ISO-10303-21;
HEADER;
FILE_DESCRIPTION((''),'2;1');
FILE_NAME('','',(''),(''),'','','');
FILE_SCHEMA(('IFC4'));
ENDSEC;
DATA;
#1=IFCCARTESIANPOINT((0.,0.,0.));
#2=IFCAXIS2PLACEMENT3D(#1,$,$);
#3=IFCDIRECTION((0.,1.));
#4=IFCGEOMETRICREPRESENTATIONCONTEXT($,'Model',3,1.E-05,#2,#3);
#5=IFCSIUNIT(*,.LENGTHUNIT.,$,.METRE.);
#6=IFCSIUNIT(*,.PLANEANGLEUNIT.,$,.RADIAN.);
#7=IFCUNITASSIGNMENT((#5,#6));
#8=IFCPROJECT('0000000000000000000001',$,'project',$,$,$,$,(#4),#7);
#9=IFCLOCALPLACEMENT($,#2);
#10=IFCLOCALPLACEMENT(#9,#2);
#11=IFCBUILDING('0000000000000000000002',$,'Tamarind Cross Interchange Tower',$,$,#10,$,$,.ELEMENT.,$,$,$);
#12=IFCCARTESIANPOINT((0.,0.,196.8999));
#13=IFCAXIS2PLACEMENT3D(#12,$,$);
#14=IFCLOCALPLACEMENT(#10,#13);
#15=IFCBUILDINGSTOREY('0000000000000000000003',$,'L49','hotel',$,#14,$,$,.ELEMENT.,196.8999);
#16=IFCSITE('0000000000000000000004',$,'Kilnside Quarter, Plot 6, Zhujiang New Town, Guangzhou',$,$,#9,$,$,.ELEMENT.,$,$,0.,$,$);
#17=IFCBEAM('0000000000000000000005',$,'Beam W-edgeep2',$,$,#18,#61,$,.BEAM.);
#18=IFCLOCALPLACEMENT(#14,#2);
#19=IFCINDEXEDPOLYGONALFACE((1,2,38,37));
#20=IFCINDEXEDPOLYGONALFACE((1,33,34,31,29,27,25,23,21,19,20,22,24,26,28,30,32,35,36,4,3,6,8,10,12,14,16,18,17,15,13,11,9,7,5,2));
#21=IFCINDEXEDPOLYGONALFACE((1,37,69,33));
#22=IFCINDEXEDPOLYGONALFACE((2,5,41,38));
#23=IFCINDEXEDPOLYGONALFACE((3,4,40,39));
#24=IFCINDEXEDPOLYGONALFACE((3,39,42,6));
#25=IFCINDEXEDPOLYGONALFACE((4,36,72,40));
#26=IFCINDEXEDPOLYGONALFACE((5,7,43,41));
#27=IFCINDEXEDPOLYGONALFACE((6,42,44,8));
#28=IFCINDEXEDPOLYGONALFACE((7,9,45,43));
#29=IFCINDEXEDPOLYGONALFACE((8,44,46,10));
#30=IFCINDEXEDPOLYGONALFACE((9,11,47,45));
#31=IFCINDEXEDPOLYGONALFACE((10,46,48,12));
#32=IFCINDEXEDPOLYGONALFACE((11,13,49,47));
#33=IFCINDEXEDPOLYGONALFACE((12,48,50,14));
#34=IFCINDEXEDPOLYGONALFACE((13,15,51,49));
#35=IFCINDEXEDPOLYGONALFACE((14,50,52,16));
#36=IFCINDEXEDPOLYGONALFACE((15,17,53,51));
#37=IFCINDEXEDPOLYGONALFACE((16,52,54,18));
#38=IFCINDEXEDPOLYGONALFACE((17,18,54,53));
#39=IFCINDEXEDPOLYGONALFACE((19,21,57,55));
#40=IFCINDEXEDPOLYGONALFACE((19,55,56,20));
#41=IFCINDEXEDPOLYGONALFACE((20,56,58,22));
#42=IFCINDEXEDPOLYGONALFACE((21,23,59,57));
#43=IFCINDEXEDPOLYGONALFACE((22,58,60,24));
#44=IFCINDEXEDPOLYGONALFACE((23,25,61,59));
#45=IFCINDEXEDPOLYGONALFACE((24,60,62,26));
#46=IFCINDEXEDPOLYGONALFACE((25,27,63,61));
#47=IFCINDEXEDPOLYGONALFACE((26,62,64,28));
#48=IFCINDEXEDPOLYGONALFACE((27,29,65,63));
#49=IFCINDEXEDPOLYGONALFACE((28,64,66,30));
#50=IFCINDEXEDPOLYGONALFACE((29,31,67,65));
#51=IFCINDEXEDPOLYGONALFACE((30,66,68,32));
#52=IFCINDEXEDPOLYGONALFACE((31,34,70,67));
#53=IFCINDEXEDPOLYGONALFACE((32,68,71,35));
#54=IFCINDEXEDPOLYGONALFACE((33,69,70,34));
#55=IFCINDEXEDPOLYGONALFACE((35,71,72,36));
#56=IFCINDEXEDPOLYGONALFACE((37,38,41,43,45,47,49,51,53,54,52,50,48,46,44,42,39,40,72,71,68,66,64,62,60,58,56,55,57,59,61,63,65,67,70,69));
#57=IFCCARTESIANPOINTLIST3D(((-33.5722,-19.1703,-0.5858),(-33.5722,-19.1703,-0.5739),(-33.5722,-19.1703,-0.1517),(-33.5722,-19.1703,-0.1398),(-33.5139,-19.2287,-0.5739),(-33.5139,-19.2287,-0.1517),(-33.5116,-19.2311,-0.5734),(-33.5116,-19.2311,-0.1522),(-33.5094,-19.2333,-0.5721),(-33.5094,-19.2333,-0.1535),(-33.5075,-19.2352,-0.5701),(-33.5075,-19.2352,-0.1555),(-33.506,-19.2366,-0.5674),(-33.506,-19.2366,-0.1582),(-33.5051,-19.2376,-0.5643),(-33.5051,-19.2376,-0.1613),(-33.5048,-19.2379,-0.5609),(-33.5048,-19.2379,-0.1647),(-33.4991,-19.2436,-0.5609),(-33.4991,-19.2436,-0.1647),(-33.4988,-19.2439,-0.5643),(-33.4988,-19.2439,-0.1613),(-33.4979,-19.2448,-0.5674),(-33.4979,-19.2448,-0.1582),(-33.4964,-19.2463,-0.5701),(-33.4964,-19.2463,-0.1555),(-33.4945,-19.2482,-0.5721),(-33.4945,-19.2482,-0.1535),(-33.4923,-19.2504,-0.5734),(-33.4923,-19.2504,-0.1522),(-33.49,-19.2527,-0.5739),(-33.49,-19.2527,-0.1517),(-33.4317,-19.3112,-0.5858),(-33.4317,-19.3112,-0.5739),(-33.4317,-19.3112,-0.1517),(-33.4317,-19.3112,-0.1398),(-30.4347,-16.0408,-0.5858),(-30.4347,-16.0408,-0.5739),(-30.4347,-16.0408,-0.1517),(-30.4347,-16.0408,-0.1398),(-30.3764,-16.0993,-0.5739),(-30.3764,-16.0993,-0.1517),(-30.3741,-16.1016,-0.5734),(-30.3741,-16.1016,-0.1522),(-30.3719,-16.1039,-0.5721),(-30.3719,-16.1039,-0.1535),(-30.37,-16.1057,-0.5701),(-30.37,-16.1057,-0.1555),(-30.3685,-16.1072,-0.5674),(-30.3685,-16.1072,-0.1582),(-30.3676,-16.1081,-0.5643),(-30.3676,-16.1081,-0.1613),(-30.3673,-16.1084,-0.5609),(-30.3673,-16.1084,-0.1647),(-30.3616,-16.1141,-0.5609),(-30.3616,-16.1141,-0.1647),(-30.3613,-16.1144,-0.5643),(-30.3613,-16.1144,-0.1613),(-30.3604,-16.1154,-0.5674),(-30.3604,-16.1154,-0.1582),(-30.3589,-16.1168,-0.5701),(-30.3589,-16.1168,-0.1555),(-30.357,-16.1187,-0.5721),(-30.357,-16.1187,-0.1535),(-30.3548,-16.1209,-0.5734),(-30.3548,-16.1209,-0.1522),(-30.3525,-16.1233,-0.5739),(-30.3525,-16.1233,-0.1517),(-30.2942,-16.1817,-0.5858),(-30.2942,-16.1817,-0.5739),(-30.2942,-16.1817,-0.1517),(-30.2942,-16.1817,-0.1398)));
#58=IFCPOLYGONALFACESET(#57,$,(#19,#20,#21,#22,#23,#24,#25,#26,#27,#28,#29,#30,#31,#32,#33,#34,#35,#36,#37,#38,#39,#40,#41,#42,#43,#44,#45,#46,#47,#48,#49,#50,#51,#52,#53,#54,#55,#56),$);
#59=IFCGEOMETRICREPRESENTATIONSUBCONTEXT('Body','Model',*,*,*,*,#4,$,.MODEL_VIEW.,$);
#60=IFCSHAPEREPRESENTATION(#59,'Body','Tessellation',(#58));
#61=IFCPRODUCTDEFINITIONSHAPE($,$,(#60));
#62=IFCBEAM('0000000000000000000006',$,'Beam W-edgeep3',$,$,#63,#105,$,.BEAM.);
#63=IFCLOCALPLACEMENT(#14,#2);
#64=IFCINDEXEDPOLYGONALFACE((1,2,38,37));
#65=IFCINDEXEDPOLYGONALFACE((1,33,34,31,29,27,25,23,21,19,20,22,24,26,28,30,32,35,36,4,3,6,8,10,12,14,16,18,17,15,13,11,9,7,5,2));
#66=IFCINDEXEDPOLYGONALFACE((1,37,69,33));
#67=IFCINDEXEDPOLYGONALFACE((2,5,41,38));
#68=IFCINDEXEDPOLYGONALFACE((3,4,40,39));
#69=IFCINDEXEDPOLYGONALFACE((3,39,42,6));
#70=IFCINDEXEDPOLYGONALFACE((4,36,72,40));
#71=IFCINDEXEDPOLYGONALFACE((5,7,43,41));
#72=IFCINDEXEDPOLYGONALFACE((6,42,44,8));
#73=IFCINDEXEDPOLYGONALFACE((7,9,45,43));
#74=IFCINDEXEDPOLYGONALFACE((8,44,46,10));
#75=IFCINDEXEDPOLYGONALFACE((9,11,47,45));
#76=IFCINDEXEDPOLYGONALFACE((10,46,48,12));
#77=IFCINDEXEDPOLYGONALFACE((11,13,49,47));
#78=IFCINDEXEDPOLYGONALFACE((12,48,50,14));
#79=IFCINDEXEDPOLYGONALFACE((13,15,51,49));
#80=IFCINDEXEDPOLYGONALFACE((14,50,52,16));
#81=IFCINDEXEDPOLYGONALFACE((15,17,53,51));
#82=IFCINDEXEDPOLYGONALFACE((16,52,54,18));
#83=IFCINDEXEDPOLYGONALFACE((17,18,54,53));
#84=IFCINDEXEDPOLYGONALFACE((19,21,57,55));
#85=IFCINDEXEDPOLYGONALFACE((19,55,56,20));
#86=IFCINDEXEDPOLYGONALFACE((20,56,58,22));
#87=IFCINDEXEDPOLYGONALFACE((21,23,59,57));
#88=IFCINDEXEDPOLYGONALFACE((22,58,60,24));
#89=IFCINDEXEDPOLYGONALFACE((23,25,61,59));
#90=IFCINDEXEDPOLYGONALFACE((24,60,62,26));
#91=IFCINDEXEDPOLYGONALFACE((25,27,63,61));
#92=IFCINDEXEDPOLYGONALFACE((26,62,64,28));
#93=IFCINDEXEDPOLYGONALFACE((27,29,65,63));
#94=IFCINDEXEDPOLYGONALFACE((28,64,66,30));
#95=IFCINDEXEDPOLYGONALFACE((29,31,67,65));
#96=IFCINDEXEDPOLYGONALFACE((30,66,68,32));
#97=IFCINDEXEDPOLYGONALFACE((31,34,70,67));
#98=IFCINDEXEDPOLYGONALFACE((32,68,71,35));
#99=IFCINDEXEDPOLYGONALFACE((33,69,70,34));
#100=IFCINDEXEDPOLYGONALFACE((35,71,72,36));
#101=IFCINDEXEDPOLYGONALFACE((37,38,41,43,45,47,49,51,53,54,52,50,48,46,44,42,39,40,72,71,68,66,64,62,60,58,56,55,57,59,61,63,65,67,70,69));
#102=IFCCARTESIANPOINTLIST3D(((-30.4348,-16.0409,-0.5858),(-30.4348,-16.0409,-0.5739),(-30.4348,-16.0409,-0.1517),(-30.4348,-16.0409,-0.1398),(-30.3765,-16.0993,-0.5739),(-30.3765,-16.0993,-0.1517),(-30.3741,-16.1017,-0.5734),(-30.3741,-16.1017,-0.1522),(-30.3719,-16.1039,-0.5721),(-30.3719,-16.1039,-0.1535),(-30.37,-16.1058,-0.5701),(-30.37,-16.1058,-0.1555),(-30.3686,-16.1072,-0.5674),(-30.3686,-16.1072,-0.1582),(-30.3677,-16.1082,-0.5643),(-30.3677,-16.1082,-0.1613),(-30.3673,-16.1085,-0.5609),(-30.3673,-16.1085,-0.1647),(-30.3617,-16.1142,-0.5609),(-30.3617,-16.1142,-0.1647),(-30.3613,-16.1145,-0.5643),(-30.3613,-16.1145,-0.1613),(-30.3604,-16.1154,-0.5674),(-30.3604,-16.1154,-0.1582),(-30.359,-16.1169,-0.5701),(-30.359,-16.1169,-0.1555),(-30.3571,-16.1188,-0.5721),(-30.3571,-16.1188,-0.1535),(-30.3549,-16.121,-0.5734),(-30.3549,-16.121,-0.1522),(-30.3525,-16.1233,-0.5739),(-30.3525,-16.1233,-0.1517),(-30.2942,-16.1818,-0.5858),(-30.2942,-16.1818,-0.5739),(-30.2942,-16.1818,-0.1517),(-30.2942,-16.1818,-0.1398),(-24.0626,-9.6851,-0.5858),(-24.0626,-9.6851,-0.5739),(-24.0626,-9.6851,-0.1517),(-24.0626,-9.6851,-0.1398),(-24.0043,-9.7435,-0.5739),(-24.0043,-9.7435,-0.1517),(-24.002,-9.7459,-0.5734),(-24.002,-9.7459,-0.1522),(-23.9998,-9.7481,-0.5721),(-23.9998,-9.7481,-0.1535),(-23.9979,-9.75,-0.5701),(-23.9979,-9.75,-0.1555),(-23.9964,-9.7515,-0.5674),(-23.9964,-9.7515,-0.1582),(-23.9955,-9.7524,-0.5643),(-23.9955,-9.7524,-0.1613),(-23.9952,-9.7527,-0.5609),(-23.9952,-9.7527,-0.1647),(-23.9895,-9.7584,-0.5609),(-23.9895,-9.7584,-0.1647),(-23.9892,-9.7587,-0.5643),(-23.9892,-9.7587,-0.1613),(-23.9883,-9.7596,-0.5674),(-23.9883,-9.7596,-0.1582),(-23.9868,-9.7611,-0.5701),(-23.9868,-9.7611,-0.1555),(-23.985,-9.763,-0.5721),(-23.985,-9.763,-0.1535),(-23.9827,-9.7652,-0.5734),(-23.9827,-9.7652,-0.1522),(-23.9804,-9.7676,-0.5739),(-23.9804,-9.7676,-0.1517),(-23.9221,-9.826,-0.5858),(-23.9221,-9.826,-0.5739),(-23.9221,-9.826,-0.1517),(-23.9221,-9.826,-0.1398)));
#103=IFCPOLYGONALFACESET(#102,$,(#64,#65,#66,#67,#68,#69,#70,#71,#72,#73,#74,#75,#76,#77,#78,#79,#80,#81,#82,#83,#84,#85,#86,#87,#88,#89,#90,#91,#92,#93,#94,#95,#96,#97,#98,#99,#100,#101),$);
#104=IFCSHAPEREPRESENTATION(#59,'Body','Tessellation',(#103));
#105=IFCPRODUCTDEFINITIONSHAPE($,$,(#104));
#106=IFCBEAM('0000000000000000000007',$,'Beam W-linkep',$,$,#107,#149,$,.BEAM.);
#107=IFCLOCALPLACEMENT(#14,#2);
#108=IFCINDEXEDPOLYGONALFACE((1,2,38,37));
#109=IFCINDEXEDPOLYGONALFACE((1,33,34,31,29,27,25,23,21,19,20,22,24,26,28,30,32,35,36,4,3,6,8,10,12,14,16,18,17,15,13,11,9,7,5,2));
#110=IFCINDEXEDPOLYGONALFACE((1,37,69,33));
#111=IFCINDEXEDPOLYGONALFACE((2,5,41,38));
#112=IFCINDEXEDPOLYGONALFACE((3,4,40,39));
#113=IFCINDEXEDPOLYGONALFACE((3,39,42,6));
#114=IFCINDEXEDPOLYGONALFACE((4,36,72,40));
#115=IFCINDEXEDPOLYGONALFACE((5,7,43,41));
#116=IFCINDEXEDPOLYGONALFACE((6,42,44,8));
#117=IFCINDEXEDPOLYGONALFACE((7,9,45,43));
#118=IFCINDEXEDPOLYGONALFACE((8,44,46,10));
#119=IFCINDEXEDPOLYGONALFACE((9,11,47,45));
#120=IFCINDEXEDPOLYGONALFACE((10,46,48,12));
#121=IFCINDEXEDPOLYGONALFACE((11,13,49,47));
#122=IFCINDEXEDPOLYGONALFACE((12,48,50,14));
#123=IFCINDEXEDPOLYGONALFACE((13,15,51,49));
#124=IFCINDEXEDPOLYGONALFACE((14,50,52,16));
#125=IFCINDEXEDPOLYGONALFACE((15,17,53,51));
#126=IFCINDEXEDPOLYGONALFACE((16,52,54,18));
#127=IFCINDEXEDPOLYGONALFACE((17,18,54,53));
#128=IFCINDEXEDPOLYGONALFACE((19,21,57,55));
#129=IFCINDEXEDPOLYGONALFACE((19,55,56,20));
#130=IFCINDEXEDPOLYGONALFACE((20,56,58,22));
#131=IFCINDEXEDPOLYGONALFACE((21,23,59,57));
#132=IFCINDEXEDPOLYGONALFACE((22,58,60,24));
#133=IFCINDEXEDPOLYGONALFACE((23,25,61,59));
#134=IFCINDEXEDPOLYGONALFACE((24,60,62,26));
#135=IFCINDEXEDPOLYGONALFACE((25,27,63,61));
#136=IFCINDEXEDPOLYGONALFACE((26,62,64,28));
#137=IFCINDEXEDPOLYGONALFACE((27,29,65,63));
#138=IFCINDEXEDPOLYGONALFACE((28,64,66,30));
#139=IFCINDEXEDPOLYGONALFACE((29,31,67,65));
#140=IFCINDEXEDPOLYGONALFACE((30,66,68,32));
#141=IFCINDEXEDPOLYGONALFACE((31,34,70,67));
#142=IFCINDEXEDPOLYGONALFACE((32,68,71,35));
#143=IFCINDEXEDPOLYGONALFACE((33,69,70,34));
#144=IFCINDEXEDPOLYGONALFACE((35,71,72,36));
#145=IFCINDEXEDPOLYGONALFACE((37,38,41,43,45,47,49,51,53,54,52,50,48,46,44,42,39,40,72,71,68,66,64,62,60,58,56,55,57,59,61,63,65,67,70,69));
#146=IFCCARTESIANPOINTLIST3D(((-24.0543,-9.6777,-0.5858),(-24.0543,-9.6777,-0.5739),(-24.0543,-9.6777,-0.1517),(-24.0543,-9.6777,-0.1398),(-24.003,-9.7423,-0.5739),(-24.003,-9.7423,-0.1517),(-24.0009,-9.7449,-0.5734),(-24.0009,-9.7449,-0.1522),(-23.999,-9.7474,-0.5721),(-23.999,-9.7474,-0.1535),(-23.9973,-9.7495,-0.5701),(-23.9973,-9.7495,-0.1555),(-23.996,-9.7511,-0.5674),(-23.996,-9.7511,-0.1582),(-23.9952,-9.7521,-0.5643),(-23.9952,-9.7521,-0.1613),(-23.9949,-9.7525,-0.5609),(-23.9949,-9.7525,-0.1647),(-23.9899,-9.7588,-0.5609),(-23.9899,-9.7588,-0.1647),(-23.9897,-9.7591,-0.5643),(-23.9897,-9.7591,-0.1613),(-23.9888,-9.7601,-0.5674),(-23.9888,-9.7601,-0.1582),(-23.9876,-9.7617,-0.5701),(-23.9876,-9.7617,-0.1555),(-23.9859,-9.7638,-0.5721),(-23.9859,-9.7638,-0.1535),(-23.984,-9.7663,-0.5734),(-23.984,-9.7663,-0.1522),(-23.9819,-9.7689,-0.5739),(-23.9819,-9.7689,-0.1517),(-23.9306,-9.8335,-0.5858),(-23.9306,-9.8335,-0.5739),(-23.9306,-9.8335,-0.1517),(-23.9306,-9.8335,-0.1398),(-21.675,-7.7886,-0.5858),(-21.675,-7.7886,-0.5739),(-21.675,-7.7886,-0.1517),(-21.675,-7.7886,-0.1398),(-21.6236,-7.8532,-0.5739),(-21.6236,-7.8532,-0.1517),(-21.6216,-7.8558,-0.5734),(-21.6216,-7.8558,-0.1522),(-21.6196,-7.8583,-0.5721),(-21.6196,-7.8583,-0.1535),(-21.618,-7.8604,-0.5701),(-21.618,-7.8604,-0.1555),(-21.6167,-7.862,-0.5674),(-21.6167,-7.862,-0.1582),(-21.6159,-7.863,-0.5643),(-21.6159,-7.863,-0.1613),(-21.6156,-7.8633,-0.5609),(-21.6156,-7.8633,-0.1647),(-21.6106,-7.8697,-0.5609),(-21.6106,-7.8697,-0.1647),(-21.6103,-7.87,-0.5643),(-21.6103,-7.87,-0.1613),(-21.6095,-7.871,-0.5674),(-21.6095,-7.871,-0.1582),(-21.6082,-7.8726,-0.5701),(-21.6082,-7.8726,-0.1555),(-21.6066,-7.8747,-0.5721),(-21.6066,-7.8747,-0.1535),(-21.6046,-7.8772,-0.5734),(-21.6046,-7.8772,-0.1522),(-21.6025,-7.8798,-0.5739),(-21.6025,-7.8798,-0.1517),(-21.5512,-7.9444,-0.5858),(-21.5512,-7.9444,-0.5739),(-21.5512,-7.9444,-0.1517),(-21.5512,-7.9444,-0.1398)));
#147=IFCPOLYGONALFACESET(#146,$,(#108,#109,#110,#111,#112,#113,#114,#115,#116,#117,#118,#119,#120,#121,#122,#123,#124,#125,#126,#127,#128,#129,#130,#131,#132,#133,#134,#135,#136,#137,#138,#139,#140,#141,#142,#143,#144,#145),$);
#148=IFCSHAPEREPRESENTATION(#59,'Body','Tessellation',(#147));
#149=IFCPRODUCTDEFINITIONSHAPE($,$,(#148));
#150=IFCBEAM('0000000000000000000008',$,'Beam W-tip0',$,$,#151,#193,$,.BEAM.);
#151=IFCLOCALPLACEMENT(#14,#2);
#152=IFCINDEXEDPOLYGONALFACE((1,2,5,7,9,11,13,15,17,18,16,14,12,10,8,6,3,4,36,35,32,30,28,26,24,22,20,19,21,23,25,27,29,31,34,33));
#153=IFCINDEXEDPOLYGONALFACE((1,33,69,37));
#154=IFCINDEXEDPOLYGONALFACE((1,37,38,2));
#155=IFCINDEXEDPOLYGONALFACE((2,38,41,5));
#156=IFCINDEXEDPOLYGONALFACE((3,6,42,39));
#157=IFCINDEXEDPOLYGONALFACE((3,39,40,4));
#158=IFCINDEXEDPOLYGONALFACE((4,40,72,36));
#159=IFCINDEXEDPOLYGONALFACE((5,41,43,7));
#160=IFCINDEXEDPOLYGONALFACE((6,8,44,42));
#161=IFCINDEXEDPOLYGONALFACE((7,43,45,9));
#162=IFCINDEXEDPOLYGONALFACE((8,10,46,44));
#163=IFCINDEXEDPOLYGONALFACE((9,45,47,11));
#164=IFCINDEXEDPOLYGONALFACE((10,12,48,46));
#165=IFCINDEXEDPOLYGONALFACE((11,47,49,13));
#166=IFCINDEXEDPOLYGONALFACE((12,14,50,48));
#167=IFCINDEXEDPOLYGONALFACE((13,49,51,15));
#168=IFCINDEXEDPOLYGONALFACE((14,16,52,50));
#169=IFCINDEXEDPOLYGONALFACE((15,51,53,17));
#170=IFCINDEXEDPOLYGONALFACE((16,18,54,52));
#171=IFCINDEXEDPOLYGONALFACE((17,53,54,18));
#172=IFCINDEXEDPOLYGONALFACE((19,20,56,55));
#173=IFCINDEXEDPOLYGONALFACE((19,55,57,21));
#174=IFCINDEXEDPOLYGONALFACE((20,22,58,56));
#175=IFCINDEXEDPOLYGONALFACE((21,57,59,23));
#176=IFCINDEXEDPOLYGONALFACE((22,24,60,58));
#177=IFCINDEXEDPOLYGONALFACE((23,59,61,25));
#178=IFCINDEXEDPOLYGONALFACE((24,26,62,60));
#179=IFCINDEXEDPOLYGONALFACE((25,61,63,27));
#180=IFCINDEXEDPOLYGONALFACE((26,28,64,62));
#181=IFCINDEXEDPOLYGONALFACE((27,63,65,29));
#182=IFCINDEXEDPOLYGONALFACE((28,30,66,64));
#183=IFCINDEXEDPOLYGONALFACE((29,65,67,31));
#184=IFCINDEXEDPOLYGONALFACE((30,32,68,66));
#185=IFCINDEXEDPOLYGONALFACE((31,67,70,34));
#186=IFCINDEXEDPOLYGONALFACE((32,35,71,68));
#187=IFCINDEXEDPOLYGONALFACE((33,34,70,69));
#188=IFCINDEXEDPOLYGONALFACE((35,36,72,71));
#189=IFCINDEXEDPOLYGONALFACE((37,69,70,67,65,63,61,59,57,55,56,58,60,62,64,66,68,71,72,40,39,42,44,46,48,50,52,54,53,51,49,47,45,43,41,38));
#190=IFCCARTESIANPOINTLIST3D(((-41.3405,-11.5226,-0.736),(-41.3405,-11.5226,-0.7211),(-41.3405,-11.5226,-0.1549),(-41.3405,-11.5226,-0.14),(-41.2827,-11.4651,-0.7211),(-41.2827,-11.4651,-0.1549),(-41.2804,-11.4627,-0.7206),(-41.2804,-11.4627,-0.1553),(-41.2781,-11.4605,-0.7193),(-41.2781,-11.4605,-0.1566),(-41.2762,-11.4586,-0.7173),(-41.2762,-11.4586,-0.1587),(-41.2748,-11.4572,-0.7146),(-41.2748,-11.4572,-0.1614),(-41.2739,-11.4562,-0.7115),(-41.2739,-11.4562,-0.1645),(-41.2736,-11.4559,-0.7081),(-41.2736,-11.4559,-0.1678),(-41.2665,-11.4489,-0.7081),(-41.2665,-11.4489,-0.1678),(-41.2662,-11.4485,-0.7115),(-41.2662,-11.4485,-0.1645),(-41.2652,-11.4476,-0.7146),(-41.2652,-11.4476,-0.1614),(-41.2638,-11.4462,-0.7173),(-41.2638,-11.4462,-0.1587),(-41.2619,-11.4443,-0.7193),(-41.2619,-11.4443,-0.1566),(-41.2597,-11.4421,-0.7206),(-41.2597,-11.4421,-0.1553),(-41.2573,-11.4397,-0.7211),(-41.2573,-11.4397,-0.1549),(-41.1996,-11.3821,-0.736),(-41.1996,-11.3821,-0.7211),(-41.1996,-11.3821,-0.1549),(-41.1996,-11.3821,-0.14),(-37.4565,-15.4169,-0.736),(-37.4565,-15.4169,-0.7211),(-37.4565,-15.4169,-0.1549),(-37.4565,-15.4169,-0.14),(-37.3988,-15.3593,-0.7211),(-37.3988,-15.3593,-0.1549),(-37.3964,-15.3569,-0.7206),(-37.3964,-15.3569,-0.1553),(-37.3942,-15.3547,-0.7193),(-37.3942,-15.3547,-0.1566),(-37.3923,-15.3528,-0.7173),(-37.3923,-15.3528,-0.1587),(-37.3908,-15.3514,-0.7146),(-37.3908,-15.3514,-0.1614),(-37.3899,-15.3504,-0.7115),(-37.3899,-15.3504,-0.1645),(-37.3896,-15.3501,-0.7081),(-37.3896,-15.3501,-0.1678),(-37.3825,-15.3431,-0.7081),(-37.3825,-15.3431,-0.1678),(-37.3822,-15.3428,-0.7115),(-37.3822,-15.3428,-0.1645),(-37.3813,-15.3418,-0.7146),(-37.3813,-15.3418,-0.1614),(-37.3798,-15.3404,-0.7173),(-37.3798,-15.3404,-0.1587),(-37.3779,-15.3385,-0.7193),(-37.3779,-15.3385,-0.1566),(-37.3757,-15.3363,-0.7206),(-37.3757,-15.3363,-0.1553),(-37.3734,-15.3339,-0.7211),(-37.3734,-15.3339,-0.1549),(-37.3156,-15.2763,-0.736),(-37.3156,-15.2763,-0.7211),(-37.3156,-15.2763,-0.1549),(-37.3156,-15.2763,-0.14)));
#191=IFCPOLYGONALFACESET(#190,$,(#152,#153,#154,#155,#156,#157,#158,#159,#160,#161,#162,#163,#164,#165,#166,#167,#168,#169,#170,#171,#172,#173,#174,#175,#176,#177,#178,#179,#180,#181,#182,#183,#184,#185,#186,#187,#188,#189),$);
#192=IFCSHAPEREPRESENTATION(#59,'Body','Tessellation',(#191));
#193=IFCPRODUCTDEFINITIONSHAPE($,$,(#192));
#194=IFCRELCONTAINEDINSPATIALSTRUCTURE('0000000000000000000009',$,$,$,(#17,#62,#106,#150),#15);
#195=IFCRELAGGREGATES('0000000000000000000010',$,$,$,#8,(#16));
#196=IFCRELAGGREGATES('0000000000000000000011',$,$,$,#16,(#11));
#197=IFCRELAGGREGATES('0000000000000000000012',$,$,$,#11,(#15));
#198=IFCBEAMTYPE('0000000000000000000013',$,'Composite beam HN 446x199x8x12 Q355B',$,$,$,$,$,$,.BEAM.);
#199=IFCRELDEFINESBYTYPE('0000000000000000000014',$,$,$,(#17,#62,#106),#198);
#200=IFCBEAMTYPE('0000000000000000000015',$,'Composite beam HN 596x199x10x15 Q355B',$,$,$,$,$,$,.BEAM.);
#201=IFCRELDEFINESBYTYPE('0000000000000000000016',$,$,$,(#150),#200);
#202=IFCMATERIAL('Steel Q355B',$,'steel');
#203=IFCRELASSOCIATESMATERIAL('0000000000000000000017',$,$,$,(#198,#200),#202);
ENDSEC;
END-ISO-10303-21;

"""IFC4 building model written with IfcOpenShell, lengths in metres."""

from ifc_helpers import new_model, si_unit, direction, frame, origin, origin_2d, place, context, subcontext, project, spatial, i_section, extrude, material, material_profile, profile_set, type_object, element, save


model = new_model("IFC4")

# Units and contexts
model_context = context("Model", 3, precision=1e-05, world=origin(), true_north=direction((0.0, 1.0)))
body_context = subcontext(model_context, "Body", "Model", "MODEL_VIEW")
ifc_project = project(units=[si_unit("LENGTHUNIT", "METRE"), si_unit("PLANEANGLEUNIT", "RADIAN")], contexts=[model_context])

# Site, building, storey
site_placement = place(None, origin())
site = spatial("IfcSite", under=ifc_project, at=site_placement, Name="Kilnside Quarter, Plot 6, Zhujiang New Town, Guangzhou", CompositionType="ELEMENT", RefElevation=0.0)
building_placement = place(site_placement, origin())
building = spatial("IfcBuilding", under=site, at=building_placement, Name="Tamarind Cross Interchange Tower", CompositionType="ELEMENT")
storey_placement = place(building_placement, frame((0.0, 0.0, 196.8999)))
storey = spatial("IfcBuildingStorey", under=building, at=storey_placement, Name="L49", Description="hotel", CompositionType="ELEMENT", Elevation=196.8999)

# Beams
ifc_material_1 = material(Name="Steel Q355B", Category="steel")
ifc_material_profile_1 = material_profile(ifc_material_1, i_section(OverallWidth=0.199, OverallDepth=0.446, WebThickness=0.0081, FlangeThickness=0.012, FilletRadius=0.0129, at=origin_2d()), Name="HN 446x199x8x12")
ifc_profile_set_1 = profile_set([ifc_material_profile_1], Name="Steel Q355B")
beam_type_1 = type_object("IfcBeamType", Name="Composite beam HN 446x199x8x12 Q355B", PredefinedType="BEAM", material=ifc_profile_set_1)
beam_1_placement = place(storey_placement, frame((-33.502, -19.2407, -0.3628), z_axis=(0.708015, 0.706197, 0.0), x_axis=(-0.706197, 0.708015, 0.0)))
element("IfcBeam", 1, at=beam_1_placement, inside=storey, type_object=beam_type_1, Name="Beam W-edgeep2", PredefinedType="BEAM", context=body_context, shape_type="SweptSolid", body=[
    extrude(i_section(OverallWidth=0.199, OverallDepth=0.446, WebThickness=0.0081, FlangeThickness=0.012, FilletRadius=0.0129, at=origin_2d()), origin(), (0.0, 0.0, 1.0), 4.4314),
])
beam_2_placement = place(storey_placement, frame((-30.3645, -16.1113, -0.3628), z_axis=(0.708015, 0.706197, 0.0), x_axis=(-0.706197, 0.708015, 0.0)))
element("IfcBeam", 2, at=beam_2_placement, inside=storey, type_object=beam_type_1, Name="Beam W-edgeep3", PredefinedType="BEAM", context=body_context, shape_type="SweptSolid", body=[
    extrude(i_section(OverallWidth=0.199, OverallDepth=0.446, WebThickness=0.0081, FlangeThickness=0.012, FilletRadius=0.0129, at=origin_2d()), origin(), (0.0, 0.0, 1.0), 9.0),
])
beam_3_placement = place(storey_placement, frame((-23.9924, -9.7556, -0.3628), z_axis=(0.783168, 0.62181, 0.0), x_axis=(-0.62181, 0.783168, 0.0)))
element("IfcBeam", 3, at=beam_3_placement, inside=storey, type_object=beam_type_1, Name="Beam W-linkep", PredefinedType="BEAM", context=body_context, shape_type="SweptSolid", body=[
    extrude(i_section(OverallWidth=0.199, OverallDepth=0.446, WebThickness=0.0081, FlangeThickness=0.012, FilletRadius=0.0129, at=origin_2d()), origin(), (0.0, 0.0, 1.0), 3.0381),
])
ifc_material_profile_2 = material_profile(ifc_material_1, i_section(OverallWidth=0.199, OverallDepth=0.5959, WebThickness=0.01, FlangeThickness=0.0149, FilletRadius=0.0129, at=origin_2d()), Name="HN 596x199x10x15")
ifc_profile_set_2 = profile_set([ifc_material_profile_2], Name="Steel Q355B")
beam_type_2 = type_object("IfcBeamType", Name="Composite beam HN 596x199x10x15 Q355B", PredefinedType="BEAM", material=ifc_profile_set_2)
for number, where, z_axis, x_axis, name in (
    (4, (-41.27, -11.4524, -0.438), (0.706174, -0.708038, 0.0), (0.708038, 0.706174, 0.0), "Beam W-tip0"),
):
    element("IfcBeam", number, at=place(storey_placement, frame(where, z_axis=z_axis, x_axis=x_axis)), inside=storey, type_object=beam_type_2, Name=name, PredefinedType="BEAM", context=body_context, shape_type="SweptSolid", body=[
        extrude(i_section(OverallWidth=0.199, OverallDepth=0.5959, WebThickness=0.01, FlangeThickness=0.0149, FilletRadius=0.0129, at=origin_2d()), origin(), (0.0, 0.0, 1.0), 5.5),
    ])

save(model, "model.ifc")
